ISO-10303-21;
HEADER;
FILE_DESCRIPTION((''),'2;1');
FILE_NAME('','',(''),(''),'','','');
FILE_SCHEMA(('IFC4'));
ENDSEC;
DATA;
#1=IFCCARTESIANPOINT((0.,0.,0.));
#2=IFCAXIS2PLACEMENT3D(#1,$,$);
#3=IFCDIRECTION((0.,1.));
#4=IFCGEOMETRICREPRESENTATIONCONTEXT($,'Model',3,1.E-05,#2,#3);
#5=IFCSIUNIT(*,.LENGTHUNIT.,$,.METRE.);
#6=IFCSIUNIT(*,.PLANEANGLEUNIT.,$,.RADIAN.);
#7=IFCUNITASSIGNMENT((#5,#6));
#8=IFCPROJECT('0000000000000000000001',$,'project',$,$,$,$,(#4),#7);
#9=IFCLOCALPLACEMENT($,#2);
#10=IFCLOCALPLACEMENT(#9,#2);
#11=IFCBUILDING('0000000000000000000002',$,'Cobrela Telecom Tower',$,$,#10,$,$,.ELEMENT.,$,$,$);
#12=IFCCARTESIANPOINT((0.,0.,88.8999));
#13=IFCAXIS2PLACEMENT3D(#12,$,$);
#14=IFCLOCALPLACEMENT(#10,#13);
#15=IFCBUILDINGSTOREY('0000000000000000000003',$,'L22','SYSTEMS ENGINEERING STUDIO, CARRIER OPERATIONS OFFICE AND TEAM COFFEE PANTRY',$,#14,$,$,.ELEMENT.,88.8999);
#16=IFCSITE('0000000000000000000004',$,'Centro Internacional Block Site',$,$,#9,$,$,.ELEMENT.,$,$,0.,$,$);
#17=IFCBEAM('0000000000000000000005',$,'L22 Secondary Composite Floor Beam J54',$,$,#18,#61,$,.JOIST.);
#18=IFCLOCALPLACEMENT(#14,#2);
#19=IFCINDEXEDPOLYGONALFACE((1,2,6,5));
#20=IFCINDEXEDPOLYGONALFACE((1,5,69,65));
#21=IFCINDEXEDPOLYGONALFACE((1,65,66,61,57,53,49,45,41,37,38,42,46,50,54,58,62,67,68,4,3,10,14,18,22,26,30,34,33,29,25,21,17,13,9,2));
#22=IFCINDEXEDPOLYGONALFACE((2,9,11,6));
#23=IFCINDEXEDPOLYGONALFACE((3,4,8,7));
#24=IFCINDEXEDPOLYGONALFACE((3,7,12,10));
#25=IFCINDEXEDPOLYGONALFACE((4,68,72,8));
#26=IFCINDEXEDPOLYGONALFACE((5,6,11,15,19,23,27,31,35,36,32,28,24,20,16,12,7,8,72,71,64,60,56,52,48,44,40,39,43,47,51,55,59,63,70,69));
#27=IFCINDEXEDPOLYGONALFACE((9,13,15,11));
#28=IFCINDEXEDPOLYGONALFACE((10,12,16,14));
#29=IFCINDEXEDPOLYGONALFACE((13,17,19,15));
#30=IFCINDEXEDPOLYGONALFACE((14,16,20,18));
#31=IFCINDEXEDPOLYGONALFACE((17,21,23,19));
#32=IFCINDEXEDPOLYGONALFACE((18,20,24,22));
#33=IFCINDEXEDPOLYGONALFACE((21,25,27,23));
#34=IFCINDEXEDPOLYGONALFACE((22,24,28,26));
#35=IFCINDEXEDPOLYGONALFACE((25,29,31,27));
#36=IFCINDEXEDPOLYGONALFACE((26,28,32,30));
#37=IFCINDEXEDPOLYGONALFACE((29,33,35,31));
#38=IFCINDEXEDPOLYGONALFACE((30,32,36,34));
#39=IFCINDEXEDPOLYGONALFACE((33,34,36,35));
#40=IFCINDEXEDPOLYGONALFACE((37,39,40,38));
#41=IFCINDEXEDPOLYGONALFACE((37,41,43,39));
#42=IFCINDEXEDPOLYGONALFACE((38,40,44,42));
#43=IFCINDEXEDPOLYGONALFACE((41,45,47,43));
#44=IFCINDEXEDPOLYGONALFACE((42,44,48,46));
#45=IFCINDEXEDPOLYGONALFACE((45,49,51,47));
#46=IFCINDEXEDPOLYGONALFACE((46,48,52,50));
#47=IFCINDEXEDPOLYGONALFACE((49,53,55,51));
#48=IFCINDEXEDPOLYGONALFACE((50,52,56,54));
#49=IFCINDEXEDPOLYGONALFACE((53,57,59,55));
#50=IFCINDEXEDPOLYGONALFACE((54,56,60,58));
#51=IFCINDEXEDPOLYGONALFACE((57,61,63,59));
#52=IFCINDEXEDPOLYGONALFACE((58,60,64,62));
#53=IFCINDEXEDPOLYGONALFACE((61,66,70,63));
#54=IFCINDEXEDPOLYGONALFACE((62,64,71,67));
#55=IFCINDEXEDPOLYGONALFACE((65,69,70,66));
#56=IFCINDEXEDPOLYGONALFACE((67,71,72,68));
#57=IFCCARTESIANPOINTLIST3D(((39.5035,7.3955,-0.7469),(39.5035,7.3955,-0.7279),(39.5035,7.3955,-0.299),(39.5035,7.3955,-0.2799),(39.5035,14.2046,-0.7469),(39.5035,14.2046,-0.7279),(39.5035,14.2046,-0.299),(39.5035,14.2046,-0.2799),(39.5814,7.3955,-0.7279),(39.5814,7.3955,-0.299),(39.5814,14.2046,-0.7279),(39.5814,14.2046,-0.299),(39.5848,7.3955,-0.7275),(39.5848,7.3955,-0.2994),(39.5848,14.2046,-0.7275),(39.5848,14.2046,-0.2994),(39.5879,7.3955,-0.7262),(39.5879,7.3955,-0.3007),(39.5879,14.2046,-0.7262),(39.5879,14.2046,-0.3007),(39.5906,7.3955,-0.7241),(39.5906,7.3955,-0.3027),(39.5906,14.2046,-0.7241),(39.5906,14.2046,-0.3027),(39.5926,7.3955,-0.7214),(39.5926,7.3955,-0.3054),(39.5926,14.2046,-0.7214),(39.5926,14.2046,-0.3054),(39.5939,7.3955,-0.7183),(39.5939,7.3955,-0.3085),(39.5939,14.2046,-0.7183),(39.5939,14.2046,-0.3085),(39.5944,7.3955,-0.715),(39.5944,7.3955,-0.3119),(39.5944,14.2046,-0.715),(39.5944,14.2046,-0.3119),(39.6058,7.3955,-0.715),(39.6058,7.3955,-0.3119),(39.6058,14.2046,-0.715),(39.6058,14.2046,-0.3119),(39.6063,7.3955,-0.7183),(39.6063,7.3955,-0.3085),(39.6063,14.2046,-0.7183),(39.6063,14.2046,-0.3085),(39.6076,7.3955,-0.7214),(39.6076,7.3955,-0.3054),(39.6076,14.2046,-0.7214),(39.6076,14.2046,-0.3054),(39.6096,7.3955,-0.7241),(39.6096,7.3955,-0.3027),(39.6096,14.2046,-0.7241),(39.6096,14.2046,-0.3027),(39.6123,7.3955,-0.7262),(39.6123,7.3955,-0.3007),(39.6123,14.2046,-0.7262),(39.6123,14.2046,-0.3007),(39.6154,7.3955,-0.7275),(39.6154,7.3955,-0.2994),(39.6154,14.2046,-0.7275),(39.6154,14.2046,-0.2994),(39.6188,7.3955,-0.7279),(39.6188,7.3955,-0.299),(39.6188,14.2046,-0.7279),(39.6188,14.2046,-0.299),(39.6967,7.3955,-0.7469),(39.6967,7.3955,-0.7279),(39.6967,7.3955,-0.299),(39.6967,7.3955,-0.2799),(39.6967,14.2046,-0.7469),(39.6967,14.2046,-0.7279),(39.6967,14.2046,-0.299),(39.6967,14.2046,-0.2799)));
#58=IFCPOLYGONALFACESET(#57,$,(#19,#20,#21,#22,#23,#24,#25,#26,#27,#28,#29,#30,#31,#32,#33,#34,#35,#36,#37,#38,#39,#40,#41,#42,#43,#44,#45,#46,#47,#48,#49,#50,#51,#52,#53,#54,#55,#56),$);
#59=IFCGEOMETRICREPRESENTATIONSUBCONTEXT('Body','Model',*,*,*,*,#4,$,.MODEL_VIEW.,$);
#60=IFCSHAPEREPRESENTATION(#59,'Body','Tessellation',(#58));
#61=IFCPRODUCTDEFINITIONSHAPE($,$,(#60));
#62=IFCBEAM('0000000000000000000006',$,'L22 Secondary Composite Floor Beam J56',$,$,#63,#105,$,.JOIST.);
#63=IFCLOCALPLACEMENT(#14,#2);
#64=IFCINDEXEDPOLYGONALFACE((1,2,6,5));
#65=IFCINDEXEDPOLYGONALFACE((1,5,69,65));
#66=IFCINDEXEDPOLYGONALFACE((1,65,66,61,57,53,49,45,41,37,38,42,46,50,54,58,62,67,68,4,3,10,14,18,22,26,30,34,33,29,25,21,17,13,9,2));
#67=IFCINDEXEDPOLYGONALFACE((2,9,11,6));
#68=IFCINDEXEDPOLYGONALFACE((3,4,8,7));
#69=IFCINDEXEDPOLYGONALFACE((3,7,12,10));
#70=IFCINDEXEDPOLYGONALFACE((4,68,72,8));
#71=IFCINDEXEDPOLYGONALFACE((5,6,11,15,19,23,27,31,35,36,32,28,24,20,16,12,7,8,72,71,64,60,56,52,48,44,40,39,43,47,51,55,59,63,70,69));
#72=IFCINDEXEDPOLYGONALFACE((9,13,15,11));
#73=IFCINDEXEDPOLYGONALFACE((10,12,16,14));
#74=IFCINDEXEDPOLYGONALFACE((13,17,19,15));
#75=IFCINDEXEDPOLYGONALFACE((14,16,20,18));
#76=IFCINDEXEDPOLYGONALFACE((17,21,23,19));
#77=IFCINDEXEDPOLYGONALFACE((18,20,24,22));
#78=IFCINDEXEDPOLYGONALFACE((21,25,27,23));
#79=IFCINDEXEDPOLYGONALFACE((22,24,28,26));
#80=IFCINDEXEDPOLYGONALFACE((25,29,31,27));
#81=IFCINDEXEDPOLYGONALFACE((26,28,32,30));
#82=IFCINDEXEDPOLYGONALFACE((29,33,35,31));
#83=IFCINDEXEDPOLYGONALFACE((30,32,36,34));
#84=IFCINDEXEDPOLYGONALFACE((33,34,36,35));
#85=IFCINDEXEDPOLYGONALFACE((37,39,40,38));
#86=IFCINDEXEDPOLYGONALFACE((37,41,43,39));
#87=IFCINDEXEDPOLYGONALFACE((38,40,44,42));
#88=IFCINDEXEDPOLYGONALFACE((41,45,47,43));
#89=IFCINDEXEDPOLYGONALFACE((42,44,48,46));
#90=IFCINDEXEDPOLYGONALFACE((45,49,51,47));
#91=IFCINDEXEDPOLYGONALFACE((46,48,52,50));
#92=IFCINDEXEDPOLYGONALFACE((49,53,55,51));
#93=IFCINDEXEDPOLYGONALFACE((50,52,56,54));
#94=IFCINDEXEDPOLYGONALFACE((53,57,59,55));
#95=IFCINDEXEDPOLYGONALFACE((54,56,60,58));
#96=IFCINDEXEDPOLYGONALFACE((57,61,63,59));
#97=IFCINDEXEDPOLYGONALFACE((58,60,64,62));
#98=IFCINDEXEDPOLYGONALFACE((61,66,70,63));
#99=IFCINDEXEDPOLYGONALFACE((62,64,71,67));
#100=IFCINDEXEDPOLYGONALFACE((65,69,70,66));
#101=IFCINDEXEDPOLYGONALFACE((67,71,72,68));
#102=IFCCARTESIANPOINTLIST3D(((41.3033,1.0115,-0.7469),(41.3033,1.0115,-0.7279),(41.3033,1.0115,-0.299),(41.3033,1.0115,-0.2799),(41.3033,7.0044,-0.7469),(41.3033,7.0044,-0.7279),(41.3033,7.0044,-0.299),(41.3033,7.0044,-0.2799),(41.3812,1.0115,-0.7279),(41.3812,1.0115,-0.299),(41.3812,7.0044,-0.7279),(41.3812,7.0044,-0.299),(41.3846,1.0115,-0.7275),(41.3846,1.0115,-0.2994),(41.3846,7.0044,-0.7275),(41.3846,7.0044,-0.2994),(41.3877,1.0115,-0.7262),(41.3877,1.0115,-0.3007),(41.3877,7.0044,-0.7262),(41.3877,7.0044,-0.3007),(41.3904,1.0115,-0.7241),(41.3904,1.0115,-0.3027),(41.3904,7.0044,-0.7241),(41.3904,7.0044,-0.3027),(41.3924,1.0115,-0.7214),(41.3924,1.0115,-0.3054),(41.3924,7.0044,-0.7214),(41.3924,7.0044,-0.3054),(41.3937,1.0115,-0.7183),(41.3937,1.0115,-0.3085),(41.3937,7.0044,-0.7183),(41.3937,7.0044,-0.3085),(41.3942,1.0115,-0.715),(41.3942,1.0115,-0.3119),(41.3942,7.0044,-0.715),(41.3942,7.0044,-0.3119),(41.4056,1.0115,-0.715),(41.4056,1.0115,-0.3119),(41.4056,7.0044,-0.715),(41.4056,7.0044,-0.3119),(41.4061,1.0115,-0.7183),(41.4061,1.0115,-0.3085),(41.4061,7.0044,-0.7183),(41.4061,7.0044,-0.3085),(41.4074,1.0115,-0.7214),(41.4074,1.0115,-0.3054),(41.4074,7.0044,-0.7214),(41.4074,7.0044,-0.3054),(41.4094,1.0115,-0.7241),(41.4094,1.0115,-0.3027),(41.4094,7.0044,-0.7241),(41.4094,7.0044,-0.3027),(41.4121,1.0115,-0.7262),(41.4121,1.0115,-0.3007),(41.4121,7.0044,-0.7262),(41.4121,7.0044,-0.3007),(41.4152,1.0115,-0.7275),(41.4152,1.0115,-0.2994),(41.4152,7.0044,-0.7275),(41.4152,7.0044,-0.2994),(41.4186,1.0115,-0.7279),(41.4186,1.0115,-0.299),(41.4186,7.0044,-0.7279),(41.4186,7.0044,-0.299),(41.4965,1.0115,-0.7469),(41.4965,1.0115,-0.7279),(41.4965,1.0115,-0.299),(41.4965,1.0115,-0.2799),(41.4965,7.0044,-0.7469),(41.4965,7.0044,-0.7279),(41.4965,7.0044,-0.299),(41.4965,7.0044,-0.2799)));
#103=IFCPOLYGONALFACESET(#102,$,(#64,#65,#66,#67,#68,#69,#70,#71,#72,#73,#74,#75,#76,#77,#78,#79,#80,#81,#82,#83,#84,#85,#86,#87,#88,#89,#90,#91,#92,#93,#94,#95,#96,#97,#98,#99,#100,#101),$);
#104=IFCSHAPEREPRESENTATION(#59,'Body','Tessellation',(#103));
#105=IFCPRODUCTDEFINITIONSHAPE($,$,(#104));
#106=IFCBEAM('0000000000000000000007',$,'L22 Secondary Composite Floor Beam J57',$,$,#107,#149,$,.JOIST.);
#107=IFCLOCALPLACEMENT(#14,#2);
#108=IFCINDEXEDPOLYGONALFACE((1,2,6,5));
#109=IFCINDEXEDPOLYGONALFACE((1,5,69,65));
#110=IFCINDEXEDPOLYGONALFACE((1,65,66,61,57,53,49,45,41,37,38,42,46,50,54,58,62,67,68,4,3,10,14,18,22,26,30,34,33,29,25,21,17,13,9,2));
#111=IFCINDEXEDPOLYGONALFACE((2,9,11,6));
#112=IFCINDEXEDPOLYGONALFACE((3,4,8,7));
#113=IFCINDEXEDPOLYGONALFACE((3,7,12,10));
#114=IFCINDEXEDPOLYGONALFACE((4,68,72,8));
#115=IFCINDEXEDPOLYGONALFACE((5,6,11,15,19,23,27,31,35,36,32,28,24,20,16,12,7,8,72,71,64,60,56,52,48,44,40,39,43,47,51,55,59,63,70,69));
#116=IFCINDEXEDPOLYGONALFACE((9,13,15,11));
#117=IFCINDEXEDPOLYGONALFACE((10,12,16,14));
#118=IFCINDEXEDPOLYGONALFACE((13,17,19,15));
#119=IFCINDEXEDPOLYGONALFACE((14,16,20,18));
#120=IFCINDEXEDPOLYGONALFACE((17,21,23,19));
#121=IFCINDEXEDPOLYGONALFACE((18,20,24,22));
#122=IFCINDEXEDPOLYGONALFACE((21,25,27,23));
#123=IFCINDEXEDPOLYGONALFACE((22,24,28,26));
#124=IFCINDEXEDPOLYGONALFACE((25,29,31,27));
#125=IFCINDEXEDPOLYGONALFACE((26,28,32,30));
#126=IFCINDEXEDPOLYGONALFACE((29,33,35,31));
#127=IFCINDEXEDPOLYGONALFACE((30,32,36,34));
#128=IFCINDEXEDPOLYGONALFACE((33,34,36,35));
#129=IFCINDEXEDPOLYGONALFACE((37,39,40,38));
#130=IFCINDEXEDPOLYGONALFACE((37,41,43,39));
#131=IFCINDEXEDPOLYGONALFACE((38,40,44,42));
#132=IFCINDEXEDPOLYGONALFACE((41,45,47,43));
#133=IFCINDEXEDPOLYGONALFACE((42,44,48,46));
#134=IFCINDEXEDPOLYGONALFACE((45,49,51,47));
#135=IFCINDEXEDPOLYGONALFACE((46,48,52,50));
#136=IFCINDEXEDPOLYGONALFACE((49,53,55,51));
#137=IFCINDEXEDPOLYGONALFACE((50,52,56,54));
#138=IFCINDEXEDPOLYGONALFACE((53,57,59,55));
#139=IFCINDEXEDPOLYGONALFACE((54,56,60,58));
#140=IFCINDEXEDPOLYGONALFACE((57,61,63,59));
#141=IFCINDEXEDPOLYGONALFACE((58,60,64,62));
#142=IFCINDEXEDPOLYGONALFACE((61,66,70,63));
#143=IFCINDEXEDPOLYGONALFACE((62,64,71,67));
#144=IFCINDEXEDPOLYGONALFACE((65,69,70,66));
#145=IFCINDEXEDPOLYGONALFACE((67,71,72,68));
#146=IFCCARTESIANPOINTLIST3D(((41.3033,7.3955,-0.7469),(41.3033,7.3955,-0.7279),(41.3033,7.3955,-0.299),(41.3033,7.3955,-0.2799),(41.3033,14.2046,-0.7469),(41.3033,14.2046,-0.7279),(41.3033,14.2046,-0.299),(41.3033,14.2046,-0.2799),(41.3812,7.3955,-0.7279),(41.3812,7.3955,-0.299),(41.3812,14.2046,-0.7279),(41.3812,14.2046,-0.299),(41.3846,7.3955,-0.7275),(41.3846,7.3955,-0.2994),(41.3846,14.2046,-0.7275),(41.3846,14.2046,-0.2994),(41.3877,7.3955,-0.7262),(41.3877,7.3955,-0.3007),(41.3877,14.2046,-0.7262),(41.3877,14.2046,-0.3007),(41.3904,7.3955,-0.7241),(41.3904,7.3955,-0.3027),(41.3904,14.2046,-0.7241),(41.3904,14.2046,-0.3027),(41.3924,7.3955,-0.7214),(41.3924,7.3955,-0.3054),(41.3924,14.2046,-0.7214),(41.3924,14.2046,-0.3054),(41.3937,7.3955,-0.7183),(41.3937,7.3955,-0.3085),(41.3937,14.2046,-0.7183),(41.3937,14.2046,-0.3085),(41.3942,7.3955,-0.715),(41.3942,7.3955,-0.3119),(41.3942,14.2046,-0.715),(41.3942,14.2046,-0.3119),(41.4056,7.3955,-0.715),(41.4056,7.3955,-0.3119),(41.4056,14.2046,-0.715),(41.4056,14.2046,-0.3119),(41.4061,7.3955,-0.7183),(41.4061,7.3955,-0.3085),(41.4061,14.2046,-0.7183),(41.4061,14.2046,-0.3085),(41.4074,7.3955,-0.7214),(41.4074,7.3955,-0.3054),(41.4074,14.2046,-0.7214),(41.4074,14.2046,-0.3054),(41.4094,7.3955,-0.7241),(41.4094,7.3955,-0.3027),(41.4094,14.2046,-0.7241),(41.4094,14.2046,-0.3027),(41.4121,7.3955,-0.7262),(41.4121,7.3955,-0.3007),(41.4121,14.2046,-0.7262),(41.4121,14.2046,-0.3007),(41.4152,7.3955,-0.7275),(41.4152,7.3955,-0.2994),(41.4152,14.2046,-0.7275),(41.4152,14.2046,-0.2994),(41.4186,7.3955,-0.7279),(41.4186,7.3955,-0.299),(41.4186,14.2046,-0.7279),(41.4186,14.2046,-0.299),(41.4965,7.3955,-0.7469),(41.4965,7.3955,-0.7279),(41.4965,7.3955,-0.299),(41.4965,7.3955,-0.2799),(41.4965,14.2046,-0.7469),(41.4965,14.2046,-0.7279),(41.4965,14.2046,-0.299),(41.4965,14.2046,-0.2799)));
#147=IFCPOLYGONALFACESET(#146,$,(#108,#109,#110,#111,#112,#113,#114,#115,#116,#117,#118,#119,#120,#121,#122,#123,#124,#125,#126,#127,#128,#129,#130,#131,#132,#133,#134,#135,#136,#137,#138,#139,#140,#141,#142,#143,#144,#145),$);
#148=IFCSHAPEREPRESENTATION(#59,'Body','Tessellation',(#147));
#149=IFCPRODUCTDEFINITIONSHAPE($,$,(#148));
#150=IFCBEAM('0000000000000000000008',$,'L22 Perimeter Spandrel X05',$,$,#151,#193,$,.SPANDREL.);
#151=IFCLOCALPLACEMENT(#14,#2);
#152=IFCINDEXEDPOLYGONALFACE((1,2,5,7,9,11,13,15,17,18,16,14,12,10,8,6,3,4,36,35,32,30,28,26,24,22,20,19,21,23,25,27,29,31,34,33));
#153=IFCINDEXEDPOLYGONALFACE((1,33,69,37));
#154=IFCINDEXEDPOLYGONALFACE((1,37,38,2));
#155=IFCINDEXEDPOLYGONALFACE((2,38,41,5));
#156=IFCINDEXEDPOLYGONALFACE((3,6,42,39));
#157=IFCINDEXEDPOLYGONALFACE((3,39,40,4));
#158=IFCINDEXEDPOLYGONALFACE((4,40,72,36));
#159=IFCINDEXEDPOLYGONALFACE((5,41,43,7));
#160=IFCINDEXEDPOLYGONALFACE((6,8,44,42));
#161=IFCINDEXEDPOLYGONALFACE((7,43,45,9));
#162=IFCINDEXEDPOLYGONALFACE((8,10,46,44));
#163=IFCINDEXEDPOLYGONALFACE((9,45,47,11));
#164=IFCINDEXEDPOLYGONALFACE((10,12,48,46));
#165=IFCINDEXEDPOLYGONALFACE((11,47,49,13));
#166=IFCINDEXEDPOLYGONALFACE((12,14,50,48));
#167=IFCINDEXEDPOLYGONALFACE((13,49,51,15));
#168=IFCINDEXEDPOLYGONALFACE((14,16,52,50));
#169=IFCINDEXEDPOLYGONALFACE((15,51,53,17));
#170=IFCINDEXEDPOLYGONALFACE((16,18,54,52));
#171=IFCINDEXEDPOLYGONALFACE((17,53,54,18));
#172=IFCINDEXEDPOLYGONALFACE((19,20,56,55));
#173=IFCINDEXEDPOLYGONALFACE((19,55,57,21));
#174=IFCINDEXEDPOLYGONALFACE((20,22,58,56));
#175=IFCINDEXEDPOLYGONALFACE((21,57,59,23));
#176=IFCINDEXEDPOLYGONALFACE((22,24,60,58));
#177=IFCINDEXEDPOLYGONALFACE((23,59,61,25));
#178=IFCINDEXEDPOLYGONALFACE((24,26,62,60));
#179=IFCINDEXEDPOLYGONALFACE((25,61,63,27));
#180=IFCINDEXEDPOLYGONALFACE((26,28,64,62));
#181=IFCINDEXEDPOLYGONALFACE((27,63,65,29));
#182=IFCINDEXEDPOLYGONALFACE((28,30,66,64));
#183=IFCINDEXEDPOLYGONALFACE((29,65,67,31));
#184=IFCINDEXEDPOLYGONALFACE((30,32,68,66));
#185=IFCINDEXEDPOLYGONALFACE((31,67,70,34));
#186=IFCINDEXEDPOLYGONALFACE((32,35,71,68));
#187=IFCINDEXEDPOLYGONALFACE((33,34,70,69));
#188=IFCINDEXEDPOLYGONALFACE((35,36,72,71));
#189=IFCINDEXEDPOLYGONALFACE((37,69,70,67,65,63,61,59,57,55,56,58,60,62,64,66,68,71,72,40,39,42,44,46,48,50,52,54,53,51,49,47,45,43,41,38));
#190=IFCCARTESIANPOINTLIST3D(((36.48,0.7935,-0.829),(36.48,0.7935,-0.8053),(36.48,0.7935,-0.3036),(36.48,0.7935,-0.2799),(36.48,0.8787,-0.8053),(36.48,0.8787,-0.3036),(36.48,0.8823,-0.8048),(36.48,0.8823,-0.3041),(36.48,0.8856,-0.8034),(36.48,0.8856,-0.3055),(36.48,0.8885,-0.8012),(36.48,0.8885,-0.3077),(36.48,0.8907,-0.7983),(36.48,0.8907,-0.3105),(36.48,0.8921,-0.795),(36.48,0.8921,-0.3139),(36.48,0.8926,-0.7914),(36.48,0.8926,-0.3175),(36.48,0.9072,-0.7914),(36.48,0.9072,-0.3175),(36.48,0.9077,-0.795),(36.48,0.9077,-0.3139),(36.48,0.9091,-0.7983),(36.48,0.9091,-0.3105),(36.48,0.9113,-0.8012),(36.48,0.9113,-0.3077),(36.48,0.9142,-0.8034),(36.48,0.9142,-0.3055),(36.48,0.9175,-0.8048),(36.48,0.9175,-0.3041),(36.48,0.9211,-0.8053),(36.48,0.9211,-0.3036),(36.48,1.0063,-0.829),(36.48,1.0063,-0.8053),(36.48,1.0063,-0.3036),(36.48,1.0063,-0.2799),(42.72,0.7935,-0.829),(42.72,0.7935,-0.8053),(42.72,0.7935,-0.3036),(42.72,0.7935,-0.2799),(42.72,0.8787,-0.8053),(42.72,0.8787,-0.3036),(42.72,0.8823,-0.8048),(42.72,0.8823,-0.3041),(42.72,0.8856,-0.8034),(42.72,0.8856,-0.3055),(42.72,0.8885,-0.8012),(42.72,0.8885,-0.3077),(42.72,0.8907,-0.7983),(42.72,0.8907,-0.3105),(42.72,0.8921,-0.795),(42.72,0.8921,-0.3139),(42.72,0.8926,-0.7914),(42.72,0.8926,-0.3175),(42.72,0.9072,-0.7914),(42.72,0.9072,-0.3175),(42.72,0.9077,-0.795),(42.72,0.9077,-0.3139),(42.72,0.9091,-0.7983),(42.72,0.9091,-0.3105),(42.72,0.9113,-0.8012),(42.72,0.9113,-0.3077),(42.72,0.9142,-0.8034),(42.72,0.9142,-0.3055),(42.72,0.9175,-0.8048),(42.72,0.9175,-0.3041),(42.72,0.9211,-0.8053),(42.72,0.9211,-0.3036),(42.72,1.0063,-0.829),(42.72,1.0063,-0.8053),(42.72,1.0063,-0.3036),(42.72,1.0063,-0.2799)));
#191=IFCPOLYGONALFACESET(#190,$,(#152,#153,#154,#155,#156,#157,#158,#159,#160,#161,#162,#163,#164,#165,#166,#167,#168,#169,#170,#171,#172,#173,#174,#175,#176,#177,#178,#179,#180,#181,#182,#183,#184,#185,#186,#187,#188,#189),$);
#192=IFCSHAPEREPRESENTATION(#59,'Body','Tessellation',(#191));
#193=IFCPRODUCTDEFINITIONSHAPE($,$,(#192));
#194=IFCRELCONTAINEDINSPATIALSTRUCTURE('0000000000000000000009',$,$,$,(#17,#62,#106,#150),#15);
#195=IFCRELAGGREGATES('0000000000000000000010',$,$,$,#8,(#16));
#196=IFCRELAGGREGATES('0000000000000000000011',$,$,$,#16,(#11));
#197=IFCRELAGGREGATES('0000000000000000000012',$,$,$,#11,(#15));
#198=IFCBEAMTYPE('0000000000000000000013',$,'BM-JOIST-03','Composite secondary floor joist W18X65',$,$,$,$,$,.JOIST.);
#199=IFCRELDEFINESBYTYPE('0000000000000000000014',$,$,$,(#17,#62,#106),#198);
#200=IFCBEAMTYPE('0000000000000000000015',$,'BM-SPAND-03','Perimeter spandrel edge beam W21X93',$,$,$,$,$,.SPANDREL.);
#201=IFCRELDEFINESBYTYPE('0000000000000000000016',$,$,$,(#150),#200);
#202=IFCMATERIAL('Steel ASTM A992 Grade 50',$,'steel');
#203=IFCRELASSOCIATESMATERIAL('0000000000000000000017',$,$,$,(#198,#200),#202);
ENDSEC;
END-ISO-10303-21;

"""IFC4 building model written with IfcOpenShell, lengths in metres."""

from ifc_helpers import new_model, si_unit, direction, frame, origin, origin_2d, place, context, subcontext, project, spatial, i_section, extrude, material, material_profile, profile_set, type_object, element, save


model = new_model("IFC4")

# Units and contexts
model_context = context("Model", 3, precision=1e-05, world=origin(), true_north=direction((0.0, 1.0)))
body_context = subcontext(model_context, "Body", "Model", "MODEL_VIEW")
ifc_project = project(units=[si_unit("LENGTHUNIT", "METRE"), si_unit("PLANEANGLEUNIT", "RADIAN")], contexts=[model_context])

# Site, building, storey
site_placement = place(None, origin())
site = spatial("IfcSite", under=ifc_project, at=site_placement, Name="Centro Internacional Block Site", CompositionType="ELEMENT", RefElevation=0.0)
building_placement = place(site_placement, origin())
building = spatial("IfcBuilding", under=site, at=building_placement, Name="Cobrela Telecom Tower", CompositionType="ELEMENT")
storey_placement = place(building_placement, frame((0.0, 0.0, 88.8999)))
storey = spatial("IfcBuildingStorey", under=building, at=storey_placement, Name="L22", Description="SYSTEMS ENGINEERING STUDIO, CARRIER OPERATIONS OFFICE AND TEAM COFFEE PANTRY", CompositionType="ELEMENT", Elevation=88.8999)

# Shared definitions
ifc_material_1 = material(Name="Steel ASTM A992 Grade 50", Category="steel")

# Beams
ifc_material_profile_1 = material_profile(ifc_material_1, i_section(OverallWidth=0.1931, OverallDepth=0.467, WebThickness=0.0115, FlangeThickness=0.019, FilletRadius=0.0129, at=origin_2d()), Name="W18X65")
ifc_profile_set_1 = profile_set([ifc_material_profile_1], Name="Steel ASTM A992 Grade 50")
beam_type_1 = type_object("IfcBeamType", Name="BM-JOIST-03", Description="Composite secondary floor joist W18X65", PredefinedType="JOIST", material=ifc_profile_set_1)
beam_1_placement = place(storey_placement, frame((39.6001, 7.3955, -0.5134), z_axis=(0.0, 1.0, 0.0), x_axis=(-1.0, 0.0, 0.0)))
element("IfcBeam", 1, at=beam_1_placement, inside=storey, type_object=beam_type_1, Name="L22 Secondary Composite Floor Beam J54", PredefinedType="JOIST", context=body_context, shape_type="SweptSolid", body=[
    extrude(i_section(OverallWidth=0.1931, OverallDepth=0.467, WebThickness=0.0115, FlangeThickness=0.019, FilletRadius=0.0129, at=origin_2d()), origin(), (0.0, 0.0, 1.0), 6.8091),
])
beam_2_placement = place(storey_placement, frame((41.3999, 1.0115, -0.5134), z_axis=(0.0, 1.0, 0.0), x_axis=(-1.0, 0.0, 0.0)))
element("IfcBeam", 2, at=beam_2_placement, inside=storey, type_object=beam_type_1, Name="L22 Secondary Composite Floor Beam J56", PredefinedType="JOIST", context=body_context, shape_type="SweptSolid", body=[
    extrude(i_section(OverallWidth=0.1931, OverallDepth=0.467, WebThickness=0.0115, FlangeThickness=0.019, FilletRadius=0.0129, at=origin_2d()), origin(), (0.0, 0.0, 1.0), 5.9929),
])
beam_3_placement = place(storey_placement, frame((41.3999, 7.3955, -0.5134), z_axis=(0.0, 1.0, 0.0), x_axis=(-1.0, 0.0, 0.0)))
element("IfcBeam", 3, at=beam_3_placement, inside=storey, type_object=beam_type_1, Name="L22 Secondary Composite Floor Beam J57", PredefinedType="JOIST", context=body_context, shape_type="SweptSolid", body=[
    extrude(i_section(OverallWidth=0.1931, OverallDepth=0.467, WebThickness=0.0115, FlangeThickness=0.019, FilletRadius=0.0129, at=origin_2d()), origin(), (0.0, 0.0, 1.0), 6.8091),
])
ifc_material_profile_2 = material_profile(ifc_material_1, i_section(OverallWidth=0.2129, OverallDepth=0.5491, WebThickness=0.0146, FlangeThickness=0.0237, FilletRadius=0.0139, at=origin_2d()), Name="W21X93")
ifc_profile_set_2 = profile_set([ifc_material_profile_2], Name="Steel ASTM A992 Grade 50")
beam_type_2 = type_object("IfcBeamType", Name="BM-SPAND-03", Description="Perimeter spandrel edge beam W21X93", PredefinedType="SPANDREL", material=ifc_profile_set_2)
beam_4_placement = place(storey_placement, frame((36.48, 0.8999, -0.5544), z_axis=(1.0, 0.0, 0.0), x_axis=(0.0, 1.0, 0.0)))
element("IfcBeam", 4, at=beam_4_placement, inside=storey, type_object=beam_type_2, Name="L22 Perimeter Spandrel X05", PredefinedType="SPANDREL", context=body_context, shape_type="SweptSolid", body=[
    extrude(i_section(OverallWidth=0.2129, OverallDepth=0.5491, WebThickness=0.0146, FlangeThickness=0.0237, FilletRadius=0.0139, at=origin_2d()), origin(), (0.0, 0.0, 1.0), 6.24),
])

save(model, "model.ifc")
